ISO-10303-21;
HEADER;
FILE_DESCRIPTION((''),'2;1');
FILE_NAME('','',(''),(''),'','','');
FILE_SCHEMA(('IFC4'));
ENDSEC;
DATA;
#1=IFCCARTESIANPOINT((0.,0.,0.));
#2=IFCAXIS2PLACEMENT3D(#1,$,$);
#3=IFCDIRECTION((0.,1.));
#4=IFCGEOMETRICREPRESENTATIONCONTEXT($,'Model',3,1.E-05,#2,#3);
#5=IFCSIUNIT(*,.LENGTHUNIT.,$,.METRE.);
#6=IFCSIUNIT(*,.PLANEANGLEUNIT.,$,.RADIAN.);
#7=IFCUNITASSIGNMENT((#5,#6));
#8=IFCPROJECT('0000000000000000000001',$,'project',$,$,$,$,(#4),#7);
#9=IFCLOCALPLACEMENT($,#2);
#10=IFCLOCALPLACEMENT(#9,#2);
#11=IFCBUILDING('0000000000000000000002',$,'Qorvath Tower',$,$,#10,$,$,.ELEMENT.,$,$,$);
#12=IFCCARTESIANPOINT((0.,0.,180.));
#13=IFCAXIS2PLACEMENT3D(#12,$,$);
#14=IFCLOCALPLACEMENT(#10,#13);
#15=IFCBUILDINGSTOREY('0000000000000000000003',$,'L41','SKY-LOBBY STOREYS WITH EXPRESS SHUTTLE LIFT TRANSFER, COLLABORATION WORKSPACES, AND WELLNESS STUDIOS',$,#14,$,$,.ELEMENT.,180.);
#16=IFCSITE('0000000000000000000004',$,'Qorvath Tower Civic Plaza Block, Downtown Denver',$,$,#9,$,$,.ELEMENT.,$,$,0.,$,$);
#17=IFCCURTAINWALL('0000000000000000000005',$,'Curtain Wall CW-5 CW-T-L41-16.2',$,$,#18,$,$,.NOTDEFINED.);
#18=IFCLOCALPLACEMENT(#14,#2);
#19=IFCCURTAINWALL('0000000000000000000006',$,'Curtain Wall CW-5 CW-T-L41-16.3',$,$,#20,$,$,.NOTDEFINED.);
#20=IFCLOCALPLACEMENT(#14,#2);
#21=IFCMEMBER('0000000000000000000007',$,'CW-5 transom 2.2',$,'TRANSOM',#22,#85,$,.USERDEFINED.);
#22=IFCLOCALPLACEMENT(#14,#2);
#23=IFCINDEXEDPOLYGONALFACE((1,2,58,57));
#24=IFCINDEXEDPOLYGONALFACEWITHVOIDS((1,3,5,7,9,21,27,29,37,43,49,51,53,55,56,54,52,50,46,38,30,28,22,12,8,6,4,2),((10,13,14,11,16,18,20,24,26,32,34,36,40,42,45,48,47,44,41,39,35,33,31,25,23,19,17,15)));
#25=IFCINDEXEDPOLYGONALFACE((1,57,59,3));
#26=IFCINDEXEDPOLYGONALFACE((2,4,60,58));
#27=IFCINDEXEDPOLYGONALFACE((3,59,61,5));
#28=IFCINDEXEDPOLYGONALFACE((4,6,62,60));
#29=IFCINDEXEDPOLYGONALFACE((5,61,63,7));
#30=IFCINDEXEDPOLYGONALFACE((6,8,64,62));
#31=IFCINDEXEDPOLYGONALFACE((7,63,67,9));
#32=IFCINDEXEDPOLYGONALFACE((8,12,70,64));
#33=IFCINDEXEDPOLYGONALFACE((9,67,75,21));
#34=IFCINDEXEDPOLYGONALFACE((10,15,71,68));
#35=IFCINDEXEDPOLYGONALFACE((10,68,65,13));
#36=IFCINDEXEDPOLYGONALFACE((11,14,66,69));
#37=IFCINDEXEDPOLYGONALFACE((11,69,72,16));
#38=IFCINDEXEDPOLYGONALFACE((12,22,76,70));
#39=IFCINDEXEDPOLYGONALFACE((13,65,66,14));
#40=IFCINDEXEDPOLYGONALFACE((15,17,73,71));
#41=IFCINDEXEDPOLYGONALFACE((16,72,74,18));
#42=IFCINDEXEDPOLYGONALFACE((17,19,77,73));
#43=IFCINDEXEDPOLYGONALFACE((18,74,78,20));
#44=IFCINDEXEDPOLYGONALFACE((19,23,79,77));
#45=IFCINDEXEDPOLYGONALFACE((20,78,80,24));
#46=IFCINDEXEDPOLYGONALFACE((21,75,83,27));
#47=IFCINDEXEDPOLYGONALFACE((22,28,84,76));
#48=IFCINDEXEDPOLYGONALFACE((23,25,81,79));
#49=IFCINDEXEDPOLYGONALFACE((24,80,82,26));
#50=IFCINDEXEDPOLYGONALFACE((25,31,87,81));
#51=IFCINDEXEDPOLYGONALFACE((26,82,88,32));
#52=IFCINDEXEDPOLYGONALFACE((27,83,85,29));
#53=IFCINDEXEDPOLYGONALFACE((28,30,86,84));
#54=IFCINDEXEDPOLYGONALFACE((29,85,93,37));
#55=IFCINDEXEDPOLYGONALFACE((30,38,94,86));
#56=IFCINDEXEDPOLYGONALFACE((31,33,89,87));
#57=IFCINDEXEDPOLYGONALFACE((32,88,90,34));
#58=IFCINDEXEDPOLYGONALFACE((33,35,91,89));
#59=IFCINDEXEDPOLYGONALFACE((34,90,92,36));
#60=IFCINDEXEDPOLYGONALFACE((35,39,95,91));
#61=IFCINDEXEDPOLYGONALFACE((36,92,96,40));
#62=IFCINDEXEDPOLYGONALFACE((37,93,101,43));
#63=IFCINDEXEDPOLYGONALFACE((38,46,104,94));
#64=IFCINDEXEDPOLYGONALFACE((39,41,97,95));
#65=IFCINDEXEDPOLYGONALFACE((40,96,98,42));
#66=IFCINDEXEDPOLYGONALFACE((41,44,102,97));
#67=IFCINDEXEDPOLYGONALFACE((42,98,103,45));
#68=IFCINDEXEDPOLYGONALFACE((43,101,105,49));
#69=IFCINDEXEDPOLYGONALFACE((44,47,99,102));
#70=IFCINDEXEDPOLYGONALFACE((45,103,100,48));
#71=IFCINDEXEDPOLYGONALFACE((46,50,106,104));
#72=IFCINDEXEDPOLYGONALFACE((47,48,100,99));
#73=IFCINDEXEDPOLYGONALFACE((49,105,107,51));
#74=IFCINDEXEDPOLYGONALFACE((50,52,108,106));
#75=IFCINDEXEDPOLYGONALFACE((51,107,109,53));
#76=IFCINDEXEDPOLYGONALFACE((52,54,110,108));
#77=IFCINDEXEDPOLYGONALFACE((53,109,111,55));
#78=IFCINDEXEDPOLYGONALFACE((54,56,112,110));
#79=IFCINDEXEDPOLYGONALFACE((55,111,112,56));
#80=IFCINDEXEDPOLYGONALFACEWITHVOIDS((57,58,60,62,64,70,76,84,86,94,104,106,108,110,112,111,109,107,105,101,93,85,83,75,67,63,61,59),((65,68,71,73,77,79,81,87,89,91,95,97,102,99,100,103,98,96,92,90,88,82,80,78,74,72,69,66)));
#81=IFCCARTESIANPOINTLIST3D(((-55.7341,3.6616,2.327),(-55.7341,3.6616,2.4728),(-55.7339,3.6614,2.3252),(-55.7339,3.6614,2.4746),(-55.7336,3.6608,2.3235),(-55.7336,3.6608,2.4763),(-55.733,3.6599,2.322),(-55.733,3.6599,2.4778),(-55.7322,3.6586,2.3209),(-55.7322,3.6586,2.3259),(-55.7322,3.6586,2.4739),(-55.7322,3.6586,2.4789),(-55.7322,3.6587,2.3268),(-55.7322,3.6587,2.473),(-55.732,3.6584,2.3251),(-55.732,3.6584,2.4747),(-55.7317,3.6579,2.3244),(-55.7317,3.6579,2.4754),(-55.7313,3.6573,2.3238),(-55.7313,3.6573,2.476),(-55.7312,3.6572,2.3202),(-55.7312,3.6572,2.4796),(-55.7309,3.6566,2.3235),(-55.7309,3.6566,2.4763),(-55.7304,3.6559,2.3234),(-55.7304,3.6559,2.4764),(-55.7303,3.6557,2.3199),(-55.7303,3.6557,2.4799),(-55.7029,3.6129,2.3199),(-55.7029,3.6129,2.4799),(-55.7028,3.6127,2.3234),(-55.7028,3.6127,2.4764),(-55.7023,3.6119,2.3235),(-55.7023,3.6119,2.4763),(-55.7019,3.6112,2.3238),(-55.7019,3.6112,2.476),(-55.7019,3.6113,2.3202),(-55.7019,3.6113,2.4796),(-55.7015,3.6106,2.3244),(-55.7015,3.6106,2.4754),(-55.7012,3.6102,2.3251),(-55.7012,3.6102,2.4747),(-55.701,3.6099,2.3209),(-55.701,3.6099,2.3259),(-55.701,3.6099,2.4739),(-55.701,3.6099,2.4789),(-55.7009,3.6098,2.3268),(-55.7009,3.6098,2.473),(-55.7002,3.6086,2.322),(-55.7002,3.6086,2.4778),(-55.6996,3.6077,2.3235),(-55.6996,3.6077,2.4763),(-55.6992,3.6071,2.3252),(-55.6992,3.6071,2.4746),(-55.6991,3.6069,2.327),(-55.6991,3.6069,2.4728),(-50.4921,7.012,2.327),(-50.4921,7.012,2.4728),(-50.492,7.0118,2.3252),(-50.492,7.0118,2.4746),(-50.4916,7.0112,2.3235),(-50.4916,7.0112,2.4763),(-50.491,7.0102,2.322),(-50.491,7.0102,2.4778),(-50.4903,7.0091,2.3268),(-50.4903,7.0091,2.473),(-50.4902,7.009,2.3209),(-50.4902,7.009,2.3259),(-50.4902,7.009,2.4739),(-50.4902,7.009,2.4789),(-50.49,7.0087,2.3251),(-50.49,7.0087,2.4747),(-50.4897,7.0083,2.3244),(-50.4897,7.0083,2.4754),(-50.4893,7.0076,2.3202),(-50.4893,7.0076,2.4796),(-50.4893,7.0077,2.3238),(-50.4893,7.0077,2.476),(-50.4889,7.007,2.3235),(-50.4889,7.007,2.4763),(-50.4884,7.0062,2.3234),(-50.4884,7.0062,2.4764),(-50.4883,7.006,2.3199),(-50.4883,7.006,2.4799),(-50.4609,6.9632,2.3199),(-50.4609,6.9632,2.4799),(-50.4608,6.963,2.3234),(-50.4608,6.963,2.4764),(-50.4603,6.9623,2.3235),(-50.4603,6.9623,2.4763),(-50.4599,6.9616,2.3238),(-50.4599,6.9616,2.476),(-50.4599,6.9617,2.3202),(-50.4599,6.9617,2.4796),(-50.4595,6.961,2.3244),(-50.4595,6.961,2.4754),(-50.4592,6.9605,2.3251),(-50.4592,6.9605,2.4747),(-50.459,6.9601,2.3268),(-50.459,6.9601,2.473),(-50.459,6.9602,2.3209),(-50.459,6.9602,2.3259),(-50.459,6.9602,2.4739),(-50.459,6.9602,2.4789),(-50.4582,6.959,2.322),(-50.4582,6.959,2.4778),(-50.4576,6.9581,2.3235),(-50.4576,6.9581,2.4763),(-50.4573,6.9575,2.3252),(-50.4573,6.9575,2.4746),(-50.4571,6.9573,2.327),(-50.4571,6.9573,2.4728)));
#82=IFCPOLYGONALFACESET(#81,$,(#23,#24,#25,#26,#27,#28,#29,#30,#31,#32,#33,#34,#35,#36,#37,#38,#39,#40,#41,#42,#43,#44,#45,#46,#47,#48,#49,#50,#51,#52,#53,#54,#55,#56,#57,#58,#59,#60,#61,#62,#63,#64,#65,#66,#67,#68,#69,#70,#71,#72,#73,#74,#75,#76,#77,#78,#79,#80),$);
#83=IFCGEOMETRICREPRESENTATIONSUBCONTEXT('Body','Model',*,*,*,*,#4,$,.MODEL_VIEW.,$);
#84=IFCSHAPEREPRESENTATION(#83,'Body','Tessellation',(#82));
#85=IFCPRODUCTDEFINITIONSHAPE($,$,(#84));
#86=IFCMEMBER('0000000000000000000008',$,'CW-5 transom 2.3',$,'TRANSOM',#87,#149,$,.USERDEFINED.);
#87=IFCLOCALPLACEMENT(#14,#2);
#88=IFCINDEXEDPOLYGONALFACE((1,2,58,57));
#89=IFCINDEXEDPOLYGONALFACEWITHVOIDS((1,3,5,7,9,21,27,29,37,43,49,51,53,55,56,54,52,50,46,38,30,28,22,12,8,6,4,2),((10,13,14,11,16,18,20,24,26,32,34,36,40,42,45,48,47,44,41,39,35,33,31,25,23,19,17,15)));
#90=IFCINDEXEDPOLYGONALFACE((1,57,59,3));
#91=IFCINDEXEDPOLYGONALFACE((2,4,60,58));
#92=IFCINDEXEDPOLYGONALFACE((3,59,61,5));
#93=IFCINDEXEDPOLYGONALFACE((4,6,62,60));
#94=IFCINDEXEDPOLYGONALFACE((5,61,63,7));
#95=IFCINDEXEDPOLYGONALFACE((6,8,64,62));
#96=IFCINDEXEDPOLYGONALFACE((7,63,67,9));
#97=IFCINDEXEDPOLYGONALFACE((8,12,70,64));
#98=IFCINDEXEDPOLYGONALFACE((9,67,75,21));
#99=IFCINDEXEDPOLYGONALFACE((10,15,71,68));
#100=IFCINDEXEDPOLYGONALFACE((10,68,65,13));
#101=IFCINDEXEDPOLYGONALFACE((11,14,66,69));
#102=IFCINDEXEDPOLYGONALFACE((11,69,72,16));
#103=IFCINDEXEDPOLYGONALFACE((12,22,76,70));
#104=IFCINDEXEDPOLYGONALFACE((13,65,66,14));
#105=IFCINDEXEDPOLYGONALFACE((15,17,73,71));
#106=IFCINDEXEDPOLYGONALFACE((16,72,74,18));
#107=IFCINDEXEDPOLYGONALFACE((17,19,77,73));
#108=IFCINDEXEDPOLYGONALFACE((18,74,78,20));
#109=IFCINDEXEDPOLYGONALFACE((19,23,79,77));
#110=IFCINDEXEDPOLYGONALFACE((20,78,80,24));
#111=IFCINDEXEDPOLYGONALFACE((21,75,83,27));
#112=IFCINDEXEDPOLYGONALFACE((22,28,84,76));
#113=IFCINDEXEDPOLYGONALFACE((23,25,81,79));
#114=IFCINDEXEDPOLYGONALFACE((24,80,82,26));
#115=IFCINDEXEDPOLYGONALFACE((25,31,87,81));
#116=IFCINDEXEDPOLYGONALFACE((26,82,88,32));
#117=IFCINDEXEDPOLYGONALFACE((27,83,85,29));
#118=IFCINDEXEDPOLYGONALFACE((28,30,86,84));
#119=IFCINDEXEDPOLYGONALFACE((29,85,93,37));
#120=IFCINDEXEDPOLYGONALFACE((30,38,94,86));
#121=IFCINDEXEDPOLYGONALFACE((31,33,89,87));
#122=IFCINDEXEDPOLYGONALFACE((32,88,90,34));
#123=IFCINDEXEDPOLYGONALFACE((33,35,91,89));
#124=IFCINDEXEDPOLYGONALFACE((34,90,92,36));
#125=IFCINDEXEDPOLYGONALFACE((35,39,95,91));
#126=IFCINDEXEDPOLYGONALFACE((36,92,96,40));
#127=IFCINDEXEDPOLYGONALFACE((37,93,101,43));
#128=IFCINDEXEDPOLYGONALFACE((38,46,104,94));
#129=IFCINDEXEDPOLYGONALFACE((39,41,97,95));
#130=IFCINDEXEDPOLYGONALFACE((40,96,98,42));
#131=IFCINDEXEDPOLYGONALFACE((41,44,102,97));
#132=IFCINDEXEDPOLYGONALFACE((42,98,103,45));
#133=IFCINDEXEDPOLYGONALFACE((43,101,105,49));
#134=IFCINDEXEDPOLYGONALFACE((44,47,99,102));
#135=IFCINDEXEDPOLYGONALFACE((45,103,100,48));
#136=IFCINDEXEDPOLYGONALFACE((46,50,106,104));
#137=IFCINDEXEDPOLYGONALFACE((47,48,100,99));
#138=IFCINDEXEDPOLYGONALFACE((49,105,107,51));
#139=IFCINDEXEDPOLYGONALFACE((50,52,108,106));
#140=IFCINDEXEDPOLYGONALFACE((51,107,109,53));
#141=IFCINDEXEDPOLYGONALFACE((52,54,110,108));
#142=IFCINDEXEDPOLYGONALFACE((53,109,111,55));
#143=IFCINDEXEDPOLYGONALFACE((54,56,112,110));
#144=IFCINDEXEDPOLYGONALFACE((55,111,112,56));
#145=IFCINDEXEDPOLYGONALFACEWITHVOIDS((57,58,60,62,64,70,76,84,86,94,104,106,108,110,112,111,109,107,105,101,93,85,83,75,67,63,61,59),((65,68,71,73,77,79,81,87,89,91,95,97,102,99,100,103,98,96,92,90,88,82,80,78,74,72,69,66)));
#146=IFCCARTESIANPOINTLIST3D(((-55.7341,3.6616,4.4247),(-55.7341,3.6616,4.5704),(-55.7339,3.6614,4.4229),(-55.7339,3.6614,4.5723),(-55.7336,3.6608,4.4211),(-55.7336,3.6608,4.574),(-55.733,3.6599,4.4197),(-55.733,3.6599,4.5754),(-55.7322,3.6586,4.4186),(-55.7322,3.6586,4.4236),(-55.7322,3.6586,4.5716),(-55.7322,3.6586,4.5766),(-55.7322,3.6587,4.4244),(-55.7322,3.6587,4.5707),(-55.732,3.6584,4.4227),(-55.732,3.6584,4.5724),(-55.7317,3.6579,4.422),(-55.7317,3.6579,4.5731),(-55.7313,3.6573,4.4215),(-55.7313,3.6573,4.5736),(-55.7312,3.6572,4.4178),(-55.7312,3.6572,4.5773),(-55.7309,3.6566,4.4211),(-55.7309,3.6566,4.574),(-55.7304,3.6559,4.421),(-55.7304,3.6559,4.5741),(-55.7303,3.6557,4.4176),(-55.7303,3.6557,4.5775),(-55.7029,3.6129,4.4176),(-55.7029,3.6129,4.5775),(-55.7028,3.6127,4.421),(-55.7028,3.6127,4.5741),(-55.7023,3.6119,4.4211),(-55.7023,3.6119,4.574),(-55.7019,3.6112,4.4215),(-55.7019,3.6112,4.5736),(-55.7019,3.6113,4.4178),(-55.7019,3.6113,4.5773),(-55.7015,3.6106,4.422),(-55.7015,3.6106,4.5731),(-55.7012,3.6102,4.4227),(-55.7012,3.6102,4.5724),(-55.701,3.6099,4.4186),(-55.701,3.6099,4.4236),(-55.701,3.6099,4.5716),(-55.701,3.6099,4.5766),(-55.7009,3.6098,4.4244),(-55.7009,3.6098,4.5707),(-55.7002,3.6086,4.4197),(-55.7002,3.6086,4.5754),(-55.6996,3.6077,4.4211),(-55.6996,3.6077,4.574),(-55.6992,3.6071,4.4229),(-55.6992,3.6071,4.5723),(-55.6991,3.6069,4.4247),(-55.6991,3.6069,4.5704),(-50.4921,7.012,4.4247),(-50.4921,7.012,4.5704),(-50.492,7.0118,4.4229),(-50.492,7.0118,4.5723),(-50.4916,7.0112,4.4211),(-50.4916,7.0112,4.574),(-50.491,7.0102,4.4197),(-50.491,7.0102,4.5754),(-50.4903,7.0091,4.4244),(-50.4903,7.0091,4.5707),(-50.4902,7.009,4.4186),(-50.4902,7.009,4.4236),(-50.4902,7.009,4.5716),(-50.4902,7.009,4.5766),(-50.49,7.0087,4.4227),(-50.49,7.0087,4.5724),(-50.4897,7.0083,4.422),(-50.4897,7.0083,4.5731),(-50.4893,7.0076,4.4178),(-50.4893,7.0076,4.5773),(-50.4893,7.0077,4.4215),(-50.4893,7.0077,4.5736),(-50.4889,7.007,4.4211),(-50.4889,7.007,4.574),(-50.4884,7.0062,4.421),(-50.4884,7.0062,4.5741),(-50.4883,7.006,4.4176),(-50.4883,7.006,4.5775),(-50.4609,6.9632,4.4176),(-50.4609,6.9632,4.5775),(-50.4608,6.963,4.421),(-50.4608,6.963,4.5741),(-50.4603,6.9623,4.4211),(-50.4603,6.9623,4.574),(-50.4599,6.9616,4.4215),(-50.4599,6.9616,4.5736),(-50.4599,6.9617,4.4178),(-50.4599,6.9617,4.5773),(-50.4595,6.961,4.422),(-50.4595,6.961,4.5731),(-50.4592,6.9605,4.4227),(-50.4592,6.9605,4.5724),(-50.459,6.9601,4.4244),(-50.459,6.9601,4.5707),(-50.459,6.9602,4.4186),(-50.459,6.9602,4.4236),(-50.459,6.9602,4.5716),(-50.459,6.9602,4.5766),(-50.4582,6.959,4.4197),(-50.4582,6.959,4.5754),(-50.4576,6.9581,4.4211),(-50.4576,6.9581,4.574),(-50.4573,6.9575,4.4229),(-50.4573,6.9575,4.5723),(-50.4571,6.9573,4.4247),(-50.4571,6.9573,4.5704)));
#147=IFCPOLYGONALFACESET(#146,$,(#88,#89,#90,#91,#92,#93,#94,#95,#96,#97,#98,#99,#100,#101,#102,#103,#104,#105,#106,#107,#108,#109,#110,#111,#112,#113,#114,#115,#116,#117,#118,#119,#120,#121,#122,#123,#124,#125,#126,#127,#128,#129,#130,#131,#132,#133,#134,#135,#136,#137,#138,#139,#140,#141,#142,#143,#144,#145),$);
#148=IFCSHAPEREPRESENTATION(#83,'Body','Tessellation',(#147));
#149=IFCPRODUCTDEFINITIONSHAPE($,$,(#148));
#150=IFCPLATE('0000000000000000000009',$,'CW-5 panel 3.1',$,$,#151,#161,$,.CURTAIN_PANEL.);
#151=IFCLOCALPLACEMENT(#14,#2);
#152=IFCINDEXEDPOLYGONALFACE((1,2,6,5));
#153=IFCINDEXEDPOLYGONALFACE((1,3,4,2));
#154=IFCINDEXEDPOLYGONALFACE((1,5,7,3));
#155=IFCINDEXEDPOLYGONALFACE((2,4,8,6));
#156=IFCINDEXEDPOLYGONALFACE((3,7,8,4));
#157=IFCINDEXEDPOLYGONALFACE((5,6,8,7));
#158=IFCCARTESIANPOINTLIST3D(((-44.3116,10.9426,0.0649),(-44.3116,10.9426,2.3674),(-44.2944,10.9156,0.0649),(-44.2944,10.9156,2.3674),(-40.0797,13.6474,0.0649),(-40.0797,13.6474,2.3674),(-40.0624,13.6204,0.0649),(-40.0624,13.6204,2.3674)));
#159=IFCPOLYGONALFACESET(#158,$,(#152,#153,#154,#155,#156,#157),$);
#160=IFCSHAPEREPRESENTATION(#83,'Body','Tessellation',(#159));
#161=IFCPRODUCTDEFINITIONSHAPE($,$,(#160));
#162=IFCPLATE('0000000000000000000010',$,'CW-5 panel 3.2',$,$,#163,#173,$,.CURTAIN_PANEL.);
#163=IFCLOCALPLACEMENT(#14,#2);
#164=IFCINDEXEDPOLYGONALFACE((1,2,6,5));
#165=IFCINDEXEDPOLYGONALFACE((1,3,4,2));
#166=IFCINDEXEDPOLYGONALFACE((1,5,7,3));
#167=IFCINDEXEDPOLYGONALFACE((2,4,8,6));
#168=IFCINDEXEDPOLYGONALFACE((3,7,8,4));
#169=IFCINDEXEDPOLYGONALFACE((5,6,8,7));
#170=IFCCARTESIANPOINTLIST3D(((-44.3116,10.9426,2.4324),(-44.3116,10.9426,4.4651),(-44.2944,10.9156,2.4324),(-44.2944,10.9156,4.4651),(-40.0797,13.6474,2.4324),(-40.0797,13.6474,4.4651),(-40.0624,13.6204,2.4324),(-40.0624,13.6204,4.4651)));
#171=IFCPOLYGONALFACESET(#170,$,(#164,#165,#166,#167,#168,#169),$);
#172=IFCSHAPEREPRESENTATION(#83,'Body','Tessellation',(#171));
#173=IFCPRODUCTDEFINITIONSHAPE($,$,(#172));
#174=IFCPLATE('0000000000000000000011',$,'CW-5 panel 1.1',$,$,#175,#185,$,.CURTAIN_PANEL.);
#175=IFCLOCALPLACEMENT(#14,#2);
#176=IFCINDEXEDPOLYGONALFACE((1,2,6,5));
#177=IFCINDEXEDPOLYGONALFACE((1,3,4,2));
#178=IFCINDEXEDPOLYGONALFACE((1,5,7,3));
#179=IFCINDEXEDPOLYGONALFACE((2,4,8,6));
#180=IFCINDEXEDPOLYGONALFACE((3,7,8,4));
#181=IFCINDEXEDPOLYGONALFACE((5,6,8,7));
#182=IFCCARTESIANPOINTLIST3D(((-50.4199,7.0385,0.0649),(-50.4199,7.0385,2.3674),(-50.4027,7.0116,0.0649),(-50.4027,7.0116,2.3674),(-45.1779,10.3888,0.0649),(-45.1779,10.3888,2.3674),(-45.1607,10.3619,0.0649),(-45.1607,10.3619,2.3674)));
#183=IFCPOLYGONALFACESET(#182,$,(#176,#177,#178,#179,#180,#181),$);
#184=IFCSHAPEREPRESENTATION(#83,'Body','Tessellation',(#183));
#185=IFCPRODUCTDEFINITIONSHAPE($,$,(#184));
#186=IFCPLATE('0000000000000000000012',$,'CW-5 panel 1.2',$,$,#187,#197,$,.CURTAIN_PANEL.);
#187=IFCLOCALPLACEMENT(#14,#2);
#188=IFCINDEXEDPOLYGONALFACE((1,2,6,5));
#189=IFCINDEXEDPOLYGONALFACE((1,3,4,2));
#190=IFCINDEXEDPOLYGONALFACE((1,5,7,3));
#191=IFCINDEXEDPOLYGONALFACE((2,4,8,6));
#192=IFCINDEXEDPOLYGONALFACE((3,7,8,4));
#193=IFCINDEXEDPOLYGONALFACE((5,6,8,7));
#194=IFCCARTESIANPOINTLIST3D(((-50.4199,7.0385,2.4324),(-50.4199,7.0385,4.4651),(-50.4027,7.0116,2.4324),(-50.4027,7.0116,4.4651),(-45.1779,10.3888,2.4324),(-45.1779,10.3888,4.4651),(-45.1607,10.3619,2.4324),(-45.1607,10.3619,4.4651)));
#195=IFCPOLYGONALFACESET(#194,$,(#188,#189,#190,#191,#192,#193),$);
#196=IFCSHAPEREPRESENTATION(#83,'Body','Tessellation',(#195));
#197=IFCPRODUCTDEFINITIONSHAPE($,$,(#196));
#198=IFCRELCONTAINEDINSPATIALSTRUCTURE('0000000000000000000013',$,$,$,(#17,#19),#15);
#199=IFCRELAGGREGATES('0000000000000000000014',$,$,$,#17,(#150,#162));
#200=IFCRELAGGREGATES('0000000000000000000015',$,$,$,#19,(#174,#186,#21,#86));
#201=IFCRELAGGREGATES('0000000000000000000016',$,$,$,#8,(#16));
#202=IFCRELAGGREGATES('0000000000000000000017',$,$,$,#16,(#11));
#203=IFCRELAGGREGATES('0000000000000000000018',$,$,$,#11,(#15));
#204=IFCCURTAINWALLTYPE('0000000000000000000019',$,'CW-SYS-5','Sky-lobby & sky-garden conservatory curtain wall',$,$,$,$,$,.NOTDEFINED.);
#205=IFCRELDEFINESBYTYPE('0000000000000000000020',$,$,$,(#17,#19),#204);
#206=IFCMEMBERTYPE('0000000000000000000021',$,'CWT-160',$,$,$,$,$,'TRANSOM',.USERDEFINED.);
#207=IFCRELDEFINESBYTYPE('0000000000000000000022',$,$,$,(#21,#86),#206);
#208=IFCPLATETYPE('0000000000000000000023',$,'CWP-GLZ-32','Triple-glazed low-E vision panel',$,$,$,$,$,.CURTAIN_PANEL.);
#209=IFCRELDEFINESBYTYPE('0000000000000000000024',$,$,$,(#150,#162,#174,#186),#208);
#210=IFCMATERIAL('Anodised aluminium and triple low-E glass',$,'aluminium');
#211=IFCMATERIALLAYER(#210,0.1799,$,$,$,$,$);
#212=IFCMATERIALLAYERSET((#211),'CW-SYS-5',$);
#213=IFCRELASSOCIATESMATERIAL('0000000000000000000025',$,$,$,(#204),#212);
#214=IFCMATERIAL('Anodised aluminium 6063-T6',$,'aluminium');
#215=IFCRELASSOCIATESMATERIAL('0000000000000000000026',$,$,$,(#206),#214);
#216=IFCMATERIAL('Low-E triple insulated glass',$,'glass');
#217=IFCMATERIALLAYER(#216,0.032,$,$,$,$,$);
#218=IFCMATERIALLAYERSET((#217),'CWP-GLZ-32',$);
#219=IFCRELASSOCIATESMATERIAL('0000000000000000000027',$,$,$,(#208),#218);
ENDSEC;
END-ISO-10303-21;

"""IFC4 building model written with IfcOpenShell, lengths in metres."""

from ifc_helpers import new_model, si_unit, direction, frame, origin, origin_2d, place, context, subcontext, project, spatial, rectangle, hollow_rectangle, extrude, material, layer, layer_set, material_profile, profile_set, type_object, element, aggregate, save


model = new_model("IFC4")

# Units and contexts
model_context = context("Model", 3, precision=1e-05, world=origin(), true_north=direction((0.0, 1.0)))
body_context = subcontext(model_context, "Body", "Model", "MODEL_VIEW")
ifc_project = project(units=[si_unit("LENGTHUNIT", "METRE"), si_unit("PLANEANGLEUNIT", "RADIAN")], contexts=[model_context])

# Site, building, storey
site_placement = place(None, origin())
site = spatial("IfcSite", under=ifc_project, at=site_placement, Name="Qorvath Tower Civic Plaza Block, Downtown Denver", CompositionType="ELEMENT", RefElevation=0.0)
building_placement = place(site_placement, origin())
building = spatial("IfcBuilding", under=site, at=building_placement, Name="Qorvath Tower", CompositionType="ELEMENT")
storey_placement = place(building_placement, frame((0.0, 0.0, 180.0)))
storey = spatial("IfcBuildingStorey", under=building, at=storey_placement, Name="L41", Description="SKY-LOBBY STOREYS WITH EXPRESS SHUTTLE LIFT TRANSFER, COLLABORATION WORKSPACES, AND WELLNESS STUDIOS", CompositionType="ELEMENT", Elevation=180.0)

# Curtain walls
ifc_material_1 = material(Name="Anodised aluminium and triple low-E glass", Category="aluminium")
ifc_layer_1 = layer(ifc_material_1, 0.1799)
ifc_layer_set_1 = layer_set([ifc_layer_1], Name="CW-SYS-5")
curtain_wall_type = type_object("IfcCurtainWallType", Name="CW-SYS-5", Description="Sky-lobby & sky-garden conservatory curtain wall", PredefinedType="NOTDEFINED", material=ifc_layer_set_1)
curtain_wall_1_placement = place(storey_placement, origin())
curtain_wall_1 = element("IfcCurtainWall", 1, at=curtain_wall_1_placement, inside=storey, type_object=curtain_wall_type, Name="Curtain Wall CW-5 CW-T-L41-16.2", PredefinedType="NOTDEFINED")
curtain_wall_2_placement = place(storey_placement, origin())
curtain_wall_2 = element("IfcCurtainWall", 2, at=curtain_wall_2_placement, inside=storey, type_object=curtain_wall_type, Name="Curtain Wall CW-5 CW-T-L41-16.3", PredefinedType="NOTDEFINED")

# Members
ifc_material_2 = material(Name="Anodised aluminium 6063-T6", Category="aluminium")
ifc_material_profile_1 = material_profile(ifc_material_2, hollow_rectangle(XDim=0.0649, YDim=0.1599, WallThickness=0.0034, InnerFilletRadius=0.0034, OuterFilletRadius=0.0071, at=origin_2d()), Name="CWT 160x65")
ifc_profile_set_1 = profile_set([ifc_material_profile_1], Name="Anodised aluminium 6063-T6")
member_type_1 = type_object("IfcMemberType", Name="CWT-160", ElementType="TRANSOM", PredefinedType="USERDEFINED", material=ifc_profile_set_1)
member_1_placement = place(storey_placement, frame((-50.4746, 6.9846, 2.3999), z_axis=(-0.8426, -0.53854, 0.0), x_axis=(0.53854, -0.8426, 0.0)))
member_1 = element("IfcMember", 3, at=member_1_placement, type_object=member_type_1, Name="CW-5 transom 2.2", ObjectType="TRANSOM", PredefinedType="USERDEFINED", context=body_context, shape_type="SweptSolid", body=[
    extrude(hollow_rectangle(XDim=0.0649, YDim=0.1599, WallThickness=0.0034, InnerFilletRadius=0.0034, OuterFilletRadius=0.0071, at=origin_2d()), origin(), (0.0, 0.0, 1.0), 6.2212),
])
member_2_placement = place(storey_placement, frame((-50.4746, 6.9846, 4.4976), z_axis=(-0.8426, -0.53854, 0.0), x_axis=(0.53854, -0.8426, 0.0)))
member_2 = element("IfcMember", 4, at=member_2_placement, type_object=member_type_1, Name="CW-5 transom 2.3", ObjectType="TRANSOM", PredefinedType="USERDEFINED", context=body_context, shape_type="SweptSolid", body=[
    extrude(hollow_rectangle(XDim=0.0649, YDim=0.1599, WallThickness=0.0034, InnerFilletRadius=0.0034, OuterFilletRadius=0.0071, at=origin_2d()), origin(), (0.0, 0.0, 1.0), 6.2212),
])

# Plates
ifc_material_3 = material(Name="Low-E triple insulated glass", Category="glass")
ifc_layer_2 = layer(ifc_material_3, 0.032)
ifc_layer_set_2 = layer_set([ifc_layer_2], Name="CWP-GLZ-32")
plate_type = type_object("IfcPlateType", Name="CWP-GLZ-32", Description="Triple-glazed low-E vision panel", PredefinedType="CURTAIN_PANEL", material=ifc_layer_set_2)
plate_1_placement = place(storey_placement, frame((-42.187, 12.2815, 0.0649), z_axis=(0.0, 0.0, 1.0), x_axis=(-0.842602, -0.538537, 0.0)))
plate_1 = element("IfcPlate", 5, at=plate_1_placement, type_object=plate_type, Name="CW-5 panel 3.1", PredefinedType="CURTAIN_PANEL", context=body_context, shape_type="SweptSolid", body=[
    extrude(rectangle(XDim=5.0225, YDim=0.032, at=origin_2d()), origin(), (0.0, 0.0, 1.0), 2.3025),
])
plate_2_placement = place(storey_placement, frame((-42.187, 12.2815, 2.4324), z_axis=(0.0, 0.0, 1.0), x_axis=(-0.842602, -0.538537, 0.0)))
plate_2 = element("IfcPlate", 6, at=plate_2_placement, type_object=plate_type, Name="CW-5 panel 3.2", PredefinedType="CURTAIN_PANEL", context=body_context, shape_type="SweptSolid", body=[
    extrude(rectangle(XDim=5.0225, YDim=0.032, at=origin_2d()), origin(), (0.0, 0.0, 1.0), 2.0327),
])
aggregate(curtain_wall_1, [plate_1, plate_2])
plate_3_placement = place(storey_placement, frame((-47.7903, 8.7002, 0.0649), z_axis=(0.0, 0.0, 1.0), x_axis=(-0.842605, -0.538533, 0.0)))
plate_3 = element("IfcPlate", 7, at=plate_3_placement, type_object=plate_type, Name="CW-5 panel 1.1", PredefinedType="CURTAIN_PANEL", context=body_context, shape_type="SweptSolid", body=[
    extrude(rectangle(XDim=6.2212, YDim=0.032, at=origin_2d()), origin(), (0.0, 0.0, 1.0), 2.3025),
])
plate_4_placement = place(storey_placement, frame((-47.7903, 8.7002, 2.4324), z_axis=(0.0, 0.0, 1.0), x_axis=(-0.842605, -0.538533, 0.0)))
plate_4 = element("IfcPlate", 8, at=plate_4_placement, type_object=plate_type, Name="CW-5 panel 1.2", PredefinedType="CURTAIN_PANEL", context=body_context, shape_type="SweptSolid", body=[
    extrude(rectangle(XDim=6.2212, YDim=0.032, at=origin_2d()), origin(), (0.0, 0.0, 1.0), 2.0327),
])
aggregate(curtain_wall_2, [plate_3, plate_4, member_1, member_2])

save(model, "model.ifc")
